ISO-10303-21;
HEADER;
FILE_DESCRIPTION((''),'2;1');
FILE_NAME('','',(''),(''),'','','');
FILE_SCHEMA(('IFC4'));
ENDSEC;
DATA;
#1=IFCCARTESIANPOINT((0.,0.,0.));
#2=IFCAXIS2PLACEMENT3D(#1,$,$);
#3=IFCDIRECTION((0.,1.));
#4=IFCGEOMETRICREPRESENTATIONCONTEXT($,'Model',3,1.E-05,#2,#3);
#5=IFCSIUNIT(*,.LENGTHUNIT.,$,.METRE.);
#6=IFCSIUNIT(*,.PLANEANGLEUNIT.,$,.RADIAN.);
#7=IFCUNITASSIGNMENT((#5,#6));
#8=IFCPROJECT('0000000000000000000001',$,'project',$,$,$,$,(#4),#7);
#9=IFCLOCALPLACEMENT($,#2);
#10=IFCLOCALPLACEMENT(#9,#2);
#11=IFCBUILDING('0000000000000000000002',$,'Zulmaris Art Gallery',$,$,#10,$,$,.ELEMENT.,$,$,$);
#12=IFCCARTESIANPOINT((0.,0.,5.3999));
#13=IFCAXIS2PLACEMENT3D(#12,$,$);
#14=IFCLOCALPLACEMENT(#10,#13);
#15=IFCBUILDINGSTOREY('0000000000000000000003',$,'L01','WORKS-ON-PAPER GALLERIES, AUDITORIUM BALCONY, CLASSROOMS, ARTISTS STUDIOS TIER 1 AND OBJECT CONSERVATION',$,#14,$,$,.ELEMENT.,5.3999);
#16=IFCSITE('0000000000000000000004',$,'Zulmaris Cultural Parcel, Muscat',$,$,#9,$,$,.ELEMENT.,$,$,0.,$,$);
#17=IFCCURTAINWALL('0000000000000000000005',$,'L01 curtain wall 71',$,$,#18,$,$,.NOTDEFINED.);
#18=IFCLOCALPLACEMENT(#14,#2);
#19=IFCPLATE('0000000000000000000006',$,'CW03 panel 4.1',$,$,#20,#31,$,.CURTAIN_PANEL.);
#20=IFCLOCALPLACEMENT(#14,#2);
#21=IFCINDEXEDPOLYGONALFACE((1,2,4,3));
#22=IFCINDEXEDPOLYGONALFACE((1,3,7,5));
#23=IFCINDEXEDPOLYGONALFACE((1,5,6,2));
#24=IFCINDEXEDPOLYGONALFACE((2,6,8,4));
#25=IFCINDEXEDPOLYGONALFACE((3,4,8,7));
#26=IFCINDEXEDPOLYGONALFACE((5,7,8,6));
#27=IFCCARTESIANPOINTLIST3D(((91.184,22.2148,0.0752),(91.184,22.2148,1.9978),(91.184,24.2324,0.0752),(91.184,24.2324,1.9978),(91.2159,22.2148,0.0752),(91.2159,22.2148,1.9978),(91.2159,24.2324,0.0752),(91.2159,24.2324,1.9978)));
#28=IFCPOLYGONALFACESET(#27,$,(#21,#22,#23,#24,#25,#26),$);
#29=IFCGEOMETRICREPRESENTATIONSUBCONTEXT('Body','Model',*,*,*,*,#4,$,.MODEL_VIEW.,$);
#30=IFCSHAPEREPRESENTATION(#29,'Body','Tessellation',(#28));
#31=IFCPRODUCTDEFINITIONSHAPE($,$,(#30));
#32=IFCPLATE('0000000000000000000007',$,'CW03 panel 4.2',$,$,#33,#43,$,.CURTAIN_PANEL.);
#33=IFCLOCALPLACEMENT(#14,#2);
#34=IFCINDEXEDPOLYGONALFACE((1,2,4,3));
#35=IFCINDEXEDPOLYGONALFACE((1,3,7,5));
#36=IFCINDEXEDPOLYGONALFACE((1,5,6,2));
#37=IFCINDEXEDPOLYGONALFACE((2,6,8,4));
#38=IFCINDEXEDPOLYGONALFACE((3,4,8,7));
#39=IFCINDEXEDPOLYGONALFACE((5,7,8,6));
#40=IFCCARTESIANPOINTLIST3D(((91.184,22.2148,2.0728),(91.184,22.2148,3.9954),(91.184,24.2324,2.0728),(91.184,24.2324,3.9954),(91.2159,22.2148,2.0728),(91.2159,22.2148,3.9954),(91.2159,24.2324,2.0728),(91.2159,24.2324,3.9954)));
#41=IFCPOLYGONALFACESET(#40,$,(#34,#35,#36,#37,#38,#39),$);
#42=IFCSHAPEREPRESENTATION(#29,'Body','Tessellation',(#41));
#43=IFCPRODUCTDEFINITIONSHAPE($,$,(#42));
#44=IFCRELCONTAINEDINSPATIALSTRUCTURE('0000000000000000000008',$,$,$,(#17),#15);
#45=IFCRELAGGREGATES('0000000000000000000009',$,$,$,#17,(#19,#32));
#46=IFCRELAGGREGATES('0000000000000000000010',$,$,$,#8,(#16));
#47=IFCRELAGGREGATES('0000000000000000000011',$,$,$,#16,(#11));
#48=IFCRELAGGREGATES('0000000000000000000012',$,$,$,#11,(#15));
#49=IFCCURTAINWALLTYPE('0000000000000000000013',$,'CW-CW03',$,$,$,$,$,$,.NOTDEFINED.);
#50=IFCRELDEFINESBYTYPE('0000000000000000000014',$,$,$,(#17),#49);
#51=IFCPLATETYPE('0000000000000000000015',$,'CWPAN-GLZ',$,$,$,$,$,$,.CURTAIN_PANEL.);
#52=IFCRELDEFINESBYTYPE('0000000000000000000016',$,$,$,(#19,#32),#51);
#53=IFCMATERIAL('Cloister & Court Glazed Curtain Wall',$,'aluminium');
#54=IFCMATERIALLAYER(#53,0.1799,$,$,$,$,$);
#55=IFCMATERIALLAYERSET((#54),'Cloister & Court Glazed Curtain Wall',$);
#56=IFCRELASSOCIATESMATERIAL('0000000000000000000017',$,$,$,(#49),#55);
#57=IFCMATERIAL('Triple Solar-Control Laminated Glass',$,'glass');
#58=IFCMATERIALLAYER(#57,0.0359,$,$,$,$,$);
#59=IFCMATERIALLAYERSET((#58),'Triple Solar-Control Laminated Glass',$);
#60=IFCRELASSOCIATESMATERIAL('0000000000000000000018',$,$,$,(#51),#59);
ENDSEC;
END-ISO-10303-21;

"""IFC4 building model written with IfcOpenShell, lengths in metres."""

from ifc_helpers import new_model, si_unit, direction, frame, origin, origin_2d, place, context, subcontext, project, spatial, rectangle, extrude, material, layer, layer_set, type_object, element, aggregate, save


model = new_model("IFC4")

# Units and contexts
model_context = context("Model", 3, precision=1e-05, world=origin(), true_north=direction((0.0, 1.0)))
body_context = subcontext(model_context, "Body", "Model", "MODEL_VIEW")
ifc_project = project(units=[si_unit("LENGTHUNIT", "METRE"), si_unit("PLANEANGLEUNIT", "RADIAN")], contexts=[model_context])

# Site, building, storey
site_placement = place(None, origin())
site = spatial("IfcSite", under=ifc_project, at=site_placement, Name="Zulmaris Cultural Parcel, Muscat", CompositionType="ELEMENT", RefElevation=0.0)
building_placement = place(site_placement, origin())
building = spatial("IfcBuilding", under=site, at=building_placement, Name="Zulmaris Art Gallery", CompositionType="ELEMENT")
storey_placement = place(building_placement, frame((0.0, 0.0, 5.3999)))
storey = spatial("IfcBuildingStorey", under=building, at=storey_placement, Name="L01", Description="WORKS-ON-PAPER GALLERIES, AUDITORIUM BALCONY, CLASSROOMS, ARTISTS STUDIOS TIER 1 AND OBJECT CONSERVATION", CompositionType="ELEMENT", Elevation=5.3999)

# Curtain wall, plates
ifc_material_1 = material(Name="Cloister & Court Glazed Curtain Wall", Category="aluminium")
ifc_layer_1 = layer(ifc_material_1, 0.1799)
ifc_layer_set_1 = layer_set([ifc_layer_1], Name="Cloister & Court Glazed Curtain Wall")
curtain_wall_type = type_object("IfcCurtainWallType", Name="CW-CW03", PredefinedType="NOTDEFINED", material=ifc_layer_set_1)
curtain_wall_placement = place(storey_placement, origin())
curtain_wall = element("IfcCurtainWall", 1, at=curtain_wall_placement, inside=storey, type_object=curtain_wall_type, Name="L01 curtain wall 71", PredefinedType="NOTDEFINED")
ifc_material_2 = material(Name="Triple Solar-Control Laminated Glass", Category="glass")
ifc_layer_2 = layer(ifc_material_2, 0.0359)
ifc_layer_set_2 = layer_set([ifc_layer_2], Name="Triple Solar-Control Laminated Glass")
plate_type = type_object("IfcPlateType", Name="CWPAN-GLZ", PredefinedType="CURTAIN_PANEL", material=ifc_layer_set_2)
plate_1_placement = place(storey_placement, frame((91.2, 23.2236, 0.0752), z_axis=(0.0, 0.0, 1.0), x_axis=(0.0, -1.0, 0.0)))
plate_1 = element("IfcPlate", 2, at=plate_1_placement, type_object=plate_type, Name="CW03 panel 4.1", PredefinedType="CURTAIN_PANEL", context=body_context, shape_type="SweptSolid", body=[
    extrude(rectangle(XDim=2.0176, YDim=0.032, at=origin_2d()), origin(), (0.0, 0.0, 1.0), 1.9226),
])
plate_2_placement = place(storey_placement, frame((91.2, 23.2236, 2.0728), z_axis=(0.0, 0.0, 1.0), x_axis=(0.0, -1.0, 0.0)))
plate_2 = element("IfcPlate", 3, at=plate_2_placement, type_object=plate_type, Name="CW03 panel 4.2", PredefinedType="CURTAIN_PANEL", context=body_context, shape_type="SweptSolid", body=[
    extrude(rectangle(XDim=2.0176, YDim=0.032, at=origin_2d()), origin(), (0.0, 0.0, 1.0), 1.9226),
])
aggregate(curtain_wall, [plate_1, plate_2])

save(model, "model.ifc")
